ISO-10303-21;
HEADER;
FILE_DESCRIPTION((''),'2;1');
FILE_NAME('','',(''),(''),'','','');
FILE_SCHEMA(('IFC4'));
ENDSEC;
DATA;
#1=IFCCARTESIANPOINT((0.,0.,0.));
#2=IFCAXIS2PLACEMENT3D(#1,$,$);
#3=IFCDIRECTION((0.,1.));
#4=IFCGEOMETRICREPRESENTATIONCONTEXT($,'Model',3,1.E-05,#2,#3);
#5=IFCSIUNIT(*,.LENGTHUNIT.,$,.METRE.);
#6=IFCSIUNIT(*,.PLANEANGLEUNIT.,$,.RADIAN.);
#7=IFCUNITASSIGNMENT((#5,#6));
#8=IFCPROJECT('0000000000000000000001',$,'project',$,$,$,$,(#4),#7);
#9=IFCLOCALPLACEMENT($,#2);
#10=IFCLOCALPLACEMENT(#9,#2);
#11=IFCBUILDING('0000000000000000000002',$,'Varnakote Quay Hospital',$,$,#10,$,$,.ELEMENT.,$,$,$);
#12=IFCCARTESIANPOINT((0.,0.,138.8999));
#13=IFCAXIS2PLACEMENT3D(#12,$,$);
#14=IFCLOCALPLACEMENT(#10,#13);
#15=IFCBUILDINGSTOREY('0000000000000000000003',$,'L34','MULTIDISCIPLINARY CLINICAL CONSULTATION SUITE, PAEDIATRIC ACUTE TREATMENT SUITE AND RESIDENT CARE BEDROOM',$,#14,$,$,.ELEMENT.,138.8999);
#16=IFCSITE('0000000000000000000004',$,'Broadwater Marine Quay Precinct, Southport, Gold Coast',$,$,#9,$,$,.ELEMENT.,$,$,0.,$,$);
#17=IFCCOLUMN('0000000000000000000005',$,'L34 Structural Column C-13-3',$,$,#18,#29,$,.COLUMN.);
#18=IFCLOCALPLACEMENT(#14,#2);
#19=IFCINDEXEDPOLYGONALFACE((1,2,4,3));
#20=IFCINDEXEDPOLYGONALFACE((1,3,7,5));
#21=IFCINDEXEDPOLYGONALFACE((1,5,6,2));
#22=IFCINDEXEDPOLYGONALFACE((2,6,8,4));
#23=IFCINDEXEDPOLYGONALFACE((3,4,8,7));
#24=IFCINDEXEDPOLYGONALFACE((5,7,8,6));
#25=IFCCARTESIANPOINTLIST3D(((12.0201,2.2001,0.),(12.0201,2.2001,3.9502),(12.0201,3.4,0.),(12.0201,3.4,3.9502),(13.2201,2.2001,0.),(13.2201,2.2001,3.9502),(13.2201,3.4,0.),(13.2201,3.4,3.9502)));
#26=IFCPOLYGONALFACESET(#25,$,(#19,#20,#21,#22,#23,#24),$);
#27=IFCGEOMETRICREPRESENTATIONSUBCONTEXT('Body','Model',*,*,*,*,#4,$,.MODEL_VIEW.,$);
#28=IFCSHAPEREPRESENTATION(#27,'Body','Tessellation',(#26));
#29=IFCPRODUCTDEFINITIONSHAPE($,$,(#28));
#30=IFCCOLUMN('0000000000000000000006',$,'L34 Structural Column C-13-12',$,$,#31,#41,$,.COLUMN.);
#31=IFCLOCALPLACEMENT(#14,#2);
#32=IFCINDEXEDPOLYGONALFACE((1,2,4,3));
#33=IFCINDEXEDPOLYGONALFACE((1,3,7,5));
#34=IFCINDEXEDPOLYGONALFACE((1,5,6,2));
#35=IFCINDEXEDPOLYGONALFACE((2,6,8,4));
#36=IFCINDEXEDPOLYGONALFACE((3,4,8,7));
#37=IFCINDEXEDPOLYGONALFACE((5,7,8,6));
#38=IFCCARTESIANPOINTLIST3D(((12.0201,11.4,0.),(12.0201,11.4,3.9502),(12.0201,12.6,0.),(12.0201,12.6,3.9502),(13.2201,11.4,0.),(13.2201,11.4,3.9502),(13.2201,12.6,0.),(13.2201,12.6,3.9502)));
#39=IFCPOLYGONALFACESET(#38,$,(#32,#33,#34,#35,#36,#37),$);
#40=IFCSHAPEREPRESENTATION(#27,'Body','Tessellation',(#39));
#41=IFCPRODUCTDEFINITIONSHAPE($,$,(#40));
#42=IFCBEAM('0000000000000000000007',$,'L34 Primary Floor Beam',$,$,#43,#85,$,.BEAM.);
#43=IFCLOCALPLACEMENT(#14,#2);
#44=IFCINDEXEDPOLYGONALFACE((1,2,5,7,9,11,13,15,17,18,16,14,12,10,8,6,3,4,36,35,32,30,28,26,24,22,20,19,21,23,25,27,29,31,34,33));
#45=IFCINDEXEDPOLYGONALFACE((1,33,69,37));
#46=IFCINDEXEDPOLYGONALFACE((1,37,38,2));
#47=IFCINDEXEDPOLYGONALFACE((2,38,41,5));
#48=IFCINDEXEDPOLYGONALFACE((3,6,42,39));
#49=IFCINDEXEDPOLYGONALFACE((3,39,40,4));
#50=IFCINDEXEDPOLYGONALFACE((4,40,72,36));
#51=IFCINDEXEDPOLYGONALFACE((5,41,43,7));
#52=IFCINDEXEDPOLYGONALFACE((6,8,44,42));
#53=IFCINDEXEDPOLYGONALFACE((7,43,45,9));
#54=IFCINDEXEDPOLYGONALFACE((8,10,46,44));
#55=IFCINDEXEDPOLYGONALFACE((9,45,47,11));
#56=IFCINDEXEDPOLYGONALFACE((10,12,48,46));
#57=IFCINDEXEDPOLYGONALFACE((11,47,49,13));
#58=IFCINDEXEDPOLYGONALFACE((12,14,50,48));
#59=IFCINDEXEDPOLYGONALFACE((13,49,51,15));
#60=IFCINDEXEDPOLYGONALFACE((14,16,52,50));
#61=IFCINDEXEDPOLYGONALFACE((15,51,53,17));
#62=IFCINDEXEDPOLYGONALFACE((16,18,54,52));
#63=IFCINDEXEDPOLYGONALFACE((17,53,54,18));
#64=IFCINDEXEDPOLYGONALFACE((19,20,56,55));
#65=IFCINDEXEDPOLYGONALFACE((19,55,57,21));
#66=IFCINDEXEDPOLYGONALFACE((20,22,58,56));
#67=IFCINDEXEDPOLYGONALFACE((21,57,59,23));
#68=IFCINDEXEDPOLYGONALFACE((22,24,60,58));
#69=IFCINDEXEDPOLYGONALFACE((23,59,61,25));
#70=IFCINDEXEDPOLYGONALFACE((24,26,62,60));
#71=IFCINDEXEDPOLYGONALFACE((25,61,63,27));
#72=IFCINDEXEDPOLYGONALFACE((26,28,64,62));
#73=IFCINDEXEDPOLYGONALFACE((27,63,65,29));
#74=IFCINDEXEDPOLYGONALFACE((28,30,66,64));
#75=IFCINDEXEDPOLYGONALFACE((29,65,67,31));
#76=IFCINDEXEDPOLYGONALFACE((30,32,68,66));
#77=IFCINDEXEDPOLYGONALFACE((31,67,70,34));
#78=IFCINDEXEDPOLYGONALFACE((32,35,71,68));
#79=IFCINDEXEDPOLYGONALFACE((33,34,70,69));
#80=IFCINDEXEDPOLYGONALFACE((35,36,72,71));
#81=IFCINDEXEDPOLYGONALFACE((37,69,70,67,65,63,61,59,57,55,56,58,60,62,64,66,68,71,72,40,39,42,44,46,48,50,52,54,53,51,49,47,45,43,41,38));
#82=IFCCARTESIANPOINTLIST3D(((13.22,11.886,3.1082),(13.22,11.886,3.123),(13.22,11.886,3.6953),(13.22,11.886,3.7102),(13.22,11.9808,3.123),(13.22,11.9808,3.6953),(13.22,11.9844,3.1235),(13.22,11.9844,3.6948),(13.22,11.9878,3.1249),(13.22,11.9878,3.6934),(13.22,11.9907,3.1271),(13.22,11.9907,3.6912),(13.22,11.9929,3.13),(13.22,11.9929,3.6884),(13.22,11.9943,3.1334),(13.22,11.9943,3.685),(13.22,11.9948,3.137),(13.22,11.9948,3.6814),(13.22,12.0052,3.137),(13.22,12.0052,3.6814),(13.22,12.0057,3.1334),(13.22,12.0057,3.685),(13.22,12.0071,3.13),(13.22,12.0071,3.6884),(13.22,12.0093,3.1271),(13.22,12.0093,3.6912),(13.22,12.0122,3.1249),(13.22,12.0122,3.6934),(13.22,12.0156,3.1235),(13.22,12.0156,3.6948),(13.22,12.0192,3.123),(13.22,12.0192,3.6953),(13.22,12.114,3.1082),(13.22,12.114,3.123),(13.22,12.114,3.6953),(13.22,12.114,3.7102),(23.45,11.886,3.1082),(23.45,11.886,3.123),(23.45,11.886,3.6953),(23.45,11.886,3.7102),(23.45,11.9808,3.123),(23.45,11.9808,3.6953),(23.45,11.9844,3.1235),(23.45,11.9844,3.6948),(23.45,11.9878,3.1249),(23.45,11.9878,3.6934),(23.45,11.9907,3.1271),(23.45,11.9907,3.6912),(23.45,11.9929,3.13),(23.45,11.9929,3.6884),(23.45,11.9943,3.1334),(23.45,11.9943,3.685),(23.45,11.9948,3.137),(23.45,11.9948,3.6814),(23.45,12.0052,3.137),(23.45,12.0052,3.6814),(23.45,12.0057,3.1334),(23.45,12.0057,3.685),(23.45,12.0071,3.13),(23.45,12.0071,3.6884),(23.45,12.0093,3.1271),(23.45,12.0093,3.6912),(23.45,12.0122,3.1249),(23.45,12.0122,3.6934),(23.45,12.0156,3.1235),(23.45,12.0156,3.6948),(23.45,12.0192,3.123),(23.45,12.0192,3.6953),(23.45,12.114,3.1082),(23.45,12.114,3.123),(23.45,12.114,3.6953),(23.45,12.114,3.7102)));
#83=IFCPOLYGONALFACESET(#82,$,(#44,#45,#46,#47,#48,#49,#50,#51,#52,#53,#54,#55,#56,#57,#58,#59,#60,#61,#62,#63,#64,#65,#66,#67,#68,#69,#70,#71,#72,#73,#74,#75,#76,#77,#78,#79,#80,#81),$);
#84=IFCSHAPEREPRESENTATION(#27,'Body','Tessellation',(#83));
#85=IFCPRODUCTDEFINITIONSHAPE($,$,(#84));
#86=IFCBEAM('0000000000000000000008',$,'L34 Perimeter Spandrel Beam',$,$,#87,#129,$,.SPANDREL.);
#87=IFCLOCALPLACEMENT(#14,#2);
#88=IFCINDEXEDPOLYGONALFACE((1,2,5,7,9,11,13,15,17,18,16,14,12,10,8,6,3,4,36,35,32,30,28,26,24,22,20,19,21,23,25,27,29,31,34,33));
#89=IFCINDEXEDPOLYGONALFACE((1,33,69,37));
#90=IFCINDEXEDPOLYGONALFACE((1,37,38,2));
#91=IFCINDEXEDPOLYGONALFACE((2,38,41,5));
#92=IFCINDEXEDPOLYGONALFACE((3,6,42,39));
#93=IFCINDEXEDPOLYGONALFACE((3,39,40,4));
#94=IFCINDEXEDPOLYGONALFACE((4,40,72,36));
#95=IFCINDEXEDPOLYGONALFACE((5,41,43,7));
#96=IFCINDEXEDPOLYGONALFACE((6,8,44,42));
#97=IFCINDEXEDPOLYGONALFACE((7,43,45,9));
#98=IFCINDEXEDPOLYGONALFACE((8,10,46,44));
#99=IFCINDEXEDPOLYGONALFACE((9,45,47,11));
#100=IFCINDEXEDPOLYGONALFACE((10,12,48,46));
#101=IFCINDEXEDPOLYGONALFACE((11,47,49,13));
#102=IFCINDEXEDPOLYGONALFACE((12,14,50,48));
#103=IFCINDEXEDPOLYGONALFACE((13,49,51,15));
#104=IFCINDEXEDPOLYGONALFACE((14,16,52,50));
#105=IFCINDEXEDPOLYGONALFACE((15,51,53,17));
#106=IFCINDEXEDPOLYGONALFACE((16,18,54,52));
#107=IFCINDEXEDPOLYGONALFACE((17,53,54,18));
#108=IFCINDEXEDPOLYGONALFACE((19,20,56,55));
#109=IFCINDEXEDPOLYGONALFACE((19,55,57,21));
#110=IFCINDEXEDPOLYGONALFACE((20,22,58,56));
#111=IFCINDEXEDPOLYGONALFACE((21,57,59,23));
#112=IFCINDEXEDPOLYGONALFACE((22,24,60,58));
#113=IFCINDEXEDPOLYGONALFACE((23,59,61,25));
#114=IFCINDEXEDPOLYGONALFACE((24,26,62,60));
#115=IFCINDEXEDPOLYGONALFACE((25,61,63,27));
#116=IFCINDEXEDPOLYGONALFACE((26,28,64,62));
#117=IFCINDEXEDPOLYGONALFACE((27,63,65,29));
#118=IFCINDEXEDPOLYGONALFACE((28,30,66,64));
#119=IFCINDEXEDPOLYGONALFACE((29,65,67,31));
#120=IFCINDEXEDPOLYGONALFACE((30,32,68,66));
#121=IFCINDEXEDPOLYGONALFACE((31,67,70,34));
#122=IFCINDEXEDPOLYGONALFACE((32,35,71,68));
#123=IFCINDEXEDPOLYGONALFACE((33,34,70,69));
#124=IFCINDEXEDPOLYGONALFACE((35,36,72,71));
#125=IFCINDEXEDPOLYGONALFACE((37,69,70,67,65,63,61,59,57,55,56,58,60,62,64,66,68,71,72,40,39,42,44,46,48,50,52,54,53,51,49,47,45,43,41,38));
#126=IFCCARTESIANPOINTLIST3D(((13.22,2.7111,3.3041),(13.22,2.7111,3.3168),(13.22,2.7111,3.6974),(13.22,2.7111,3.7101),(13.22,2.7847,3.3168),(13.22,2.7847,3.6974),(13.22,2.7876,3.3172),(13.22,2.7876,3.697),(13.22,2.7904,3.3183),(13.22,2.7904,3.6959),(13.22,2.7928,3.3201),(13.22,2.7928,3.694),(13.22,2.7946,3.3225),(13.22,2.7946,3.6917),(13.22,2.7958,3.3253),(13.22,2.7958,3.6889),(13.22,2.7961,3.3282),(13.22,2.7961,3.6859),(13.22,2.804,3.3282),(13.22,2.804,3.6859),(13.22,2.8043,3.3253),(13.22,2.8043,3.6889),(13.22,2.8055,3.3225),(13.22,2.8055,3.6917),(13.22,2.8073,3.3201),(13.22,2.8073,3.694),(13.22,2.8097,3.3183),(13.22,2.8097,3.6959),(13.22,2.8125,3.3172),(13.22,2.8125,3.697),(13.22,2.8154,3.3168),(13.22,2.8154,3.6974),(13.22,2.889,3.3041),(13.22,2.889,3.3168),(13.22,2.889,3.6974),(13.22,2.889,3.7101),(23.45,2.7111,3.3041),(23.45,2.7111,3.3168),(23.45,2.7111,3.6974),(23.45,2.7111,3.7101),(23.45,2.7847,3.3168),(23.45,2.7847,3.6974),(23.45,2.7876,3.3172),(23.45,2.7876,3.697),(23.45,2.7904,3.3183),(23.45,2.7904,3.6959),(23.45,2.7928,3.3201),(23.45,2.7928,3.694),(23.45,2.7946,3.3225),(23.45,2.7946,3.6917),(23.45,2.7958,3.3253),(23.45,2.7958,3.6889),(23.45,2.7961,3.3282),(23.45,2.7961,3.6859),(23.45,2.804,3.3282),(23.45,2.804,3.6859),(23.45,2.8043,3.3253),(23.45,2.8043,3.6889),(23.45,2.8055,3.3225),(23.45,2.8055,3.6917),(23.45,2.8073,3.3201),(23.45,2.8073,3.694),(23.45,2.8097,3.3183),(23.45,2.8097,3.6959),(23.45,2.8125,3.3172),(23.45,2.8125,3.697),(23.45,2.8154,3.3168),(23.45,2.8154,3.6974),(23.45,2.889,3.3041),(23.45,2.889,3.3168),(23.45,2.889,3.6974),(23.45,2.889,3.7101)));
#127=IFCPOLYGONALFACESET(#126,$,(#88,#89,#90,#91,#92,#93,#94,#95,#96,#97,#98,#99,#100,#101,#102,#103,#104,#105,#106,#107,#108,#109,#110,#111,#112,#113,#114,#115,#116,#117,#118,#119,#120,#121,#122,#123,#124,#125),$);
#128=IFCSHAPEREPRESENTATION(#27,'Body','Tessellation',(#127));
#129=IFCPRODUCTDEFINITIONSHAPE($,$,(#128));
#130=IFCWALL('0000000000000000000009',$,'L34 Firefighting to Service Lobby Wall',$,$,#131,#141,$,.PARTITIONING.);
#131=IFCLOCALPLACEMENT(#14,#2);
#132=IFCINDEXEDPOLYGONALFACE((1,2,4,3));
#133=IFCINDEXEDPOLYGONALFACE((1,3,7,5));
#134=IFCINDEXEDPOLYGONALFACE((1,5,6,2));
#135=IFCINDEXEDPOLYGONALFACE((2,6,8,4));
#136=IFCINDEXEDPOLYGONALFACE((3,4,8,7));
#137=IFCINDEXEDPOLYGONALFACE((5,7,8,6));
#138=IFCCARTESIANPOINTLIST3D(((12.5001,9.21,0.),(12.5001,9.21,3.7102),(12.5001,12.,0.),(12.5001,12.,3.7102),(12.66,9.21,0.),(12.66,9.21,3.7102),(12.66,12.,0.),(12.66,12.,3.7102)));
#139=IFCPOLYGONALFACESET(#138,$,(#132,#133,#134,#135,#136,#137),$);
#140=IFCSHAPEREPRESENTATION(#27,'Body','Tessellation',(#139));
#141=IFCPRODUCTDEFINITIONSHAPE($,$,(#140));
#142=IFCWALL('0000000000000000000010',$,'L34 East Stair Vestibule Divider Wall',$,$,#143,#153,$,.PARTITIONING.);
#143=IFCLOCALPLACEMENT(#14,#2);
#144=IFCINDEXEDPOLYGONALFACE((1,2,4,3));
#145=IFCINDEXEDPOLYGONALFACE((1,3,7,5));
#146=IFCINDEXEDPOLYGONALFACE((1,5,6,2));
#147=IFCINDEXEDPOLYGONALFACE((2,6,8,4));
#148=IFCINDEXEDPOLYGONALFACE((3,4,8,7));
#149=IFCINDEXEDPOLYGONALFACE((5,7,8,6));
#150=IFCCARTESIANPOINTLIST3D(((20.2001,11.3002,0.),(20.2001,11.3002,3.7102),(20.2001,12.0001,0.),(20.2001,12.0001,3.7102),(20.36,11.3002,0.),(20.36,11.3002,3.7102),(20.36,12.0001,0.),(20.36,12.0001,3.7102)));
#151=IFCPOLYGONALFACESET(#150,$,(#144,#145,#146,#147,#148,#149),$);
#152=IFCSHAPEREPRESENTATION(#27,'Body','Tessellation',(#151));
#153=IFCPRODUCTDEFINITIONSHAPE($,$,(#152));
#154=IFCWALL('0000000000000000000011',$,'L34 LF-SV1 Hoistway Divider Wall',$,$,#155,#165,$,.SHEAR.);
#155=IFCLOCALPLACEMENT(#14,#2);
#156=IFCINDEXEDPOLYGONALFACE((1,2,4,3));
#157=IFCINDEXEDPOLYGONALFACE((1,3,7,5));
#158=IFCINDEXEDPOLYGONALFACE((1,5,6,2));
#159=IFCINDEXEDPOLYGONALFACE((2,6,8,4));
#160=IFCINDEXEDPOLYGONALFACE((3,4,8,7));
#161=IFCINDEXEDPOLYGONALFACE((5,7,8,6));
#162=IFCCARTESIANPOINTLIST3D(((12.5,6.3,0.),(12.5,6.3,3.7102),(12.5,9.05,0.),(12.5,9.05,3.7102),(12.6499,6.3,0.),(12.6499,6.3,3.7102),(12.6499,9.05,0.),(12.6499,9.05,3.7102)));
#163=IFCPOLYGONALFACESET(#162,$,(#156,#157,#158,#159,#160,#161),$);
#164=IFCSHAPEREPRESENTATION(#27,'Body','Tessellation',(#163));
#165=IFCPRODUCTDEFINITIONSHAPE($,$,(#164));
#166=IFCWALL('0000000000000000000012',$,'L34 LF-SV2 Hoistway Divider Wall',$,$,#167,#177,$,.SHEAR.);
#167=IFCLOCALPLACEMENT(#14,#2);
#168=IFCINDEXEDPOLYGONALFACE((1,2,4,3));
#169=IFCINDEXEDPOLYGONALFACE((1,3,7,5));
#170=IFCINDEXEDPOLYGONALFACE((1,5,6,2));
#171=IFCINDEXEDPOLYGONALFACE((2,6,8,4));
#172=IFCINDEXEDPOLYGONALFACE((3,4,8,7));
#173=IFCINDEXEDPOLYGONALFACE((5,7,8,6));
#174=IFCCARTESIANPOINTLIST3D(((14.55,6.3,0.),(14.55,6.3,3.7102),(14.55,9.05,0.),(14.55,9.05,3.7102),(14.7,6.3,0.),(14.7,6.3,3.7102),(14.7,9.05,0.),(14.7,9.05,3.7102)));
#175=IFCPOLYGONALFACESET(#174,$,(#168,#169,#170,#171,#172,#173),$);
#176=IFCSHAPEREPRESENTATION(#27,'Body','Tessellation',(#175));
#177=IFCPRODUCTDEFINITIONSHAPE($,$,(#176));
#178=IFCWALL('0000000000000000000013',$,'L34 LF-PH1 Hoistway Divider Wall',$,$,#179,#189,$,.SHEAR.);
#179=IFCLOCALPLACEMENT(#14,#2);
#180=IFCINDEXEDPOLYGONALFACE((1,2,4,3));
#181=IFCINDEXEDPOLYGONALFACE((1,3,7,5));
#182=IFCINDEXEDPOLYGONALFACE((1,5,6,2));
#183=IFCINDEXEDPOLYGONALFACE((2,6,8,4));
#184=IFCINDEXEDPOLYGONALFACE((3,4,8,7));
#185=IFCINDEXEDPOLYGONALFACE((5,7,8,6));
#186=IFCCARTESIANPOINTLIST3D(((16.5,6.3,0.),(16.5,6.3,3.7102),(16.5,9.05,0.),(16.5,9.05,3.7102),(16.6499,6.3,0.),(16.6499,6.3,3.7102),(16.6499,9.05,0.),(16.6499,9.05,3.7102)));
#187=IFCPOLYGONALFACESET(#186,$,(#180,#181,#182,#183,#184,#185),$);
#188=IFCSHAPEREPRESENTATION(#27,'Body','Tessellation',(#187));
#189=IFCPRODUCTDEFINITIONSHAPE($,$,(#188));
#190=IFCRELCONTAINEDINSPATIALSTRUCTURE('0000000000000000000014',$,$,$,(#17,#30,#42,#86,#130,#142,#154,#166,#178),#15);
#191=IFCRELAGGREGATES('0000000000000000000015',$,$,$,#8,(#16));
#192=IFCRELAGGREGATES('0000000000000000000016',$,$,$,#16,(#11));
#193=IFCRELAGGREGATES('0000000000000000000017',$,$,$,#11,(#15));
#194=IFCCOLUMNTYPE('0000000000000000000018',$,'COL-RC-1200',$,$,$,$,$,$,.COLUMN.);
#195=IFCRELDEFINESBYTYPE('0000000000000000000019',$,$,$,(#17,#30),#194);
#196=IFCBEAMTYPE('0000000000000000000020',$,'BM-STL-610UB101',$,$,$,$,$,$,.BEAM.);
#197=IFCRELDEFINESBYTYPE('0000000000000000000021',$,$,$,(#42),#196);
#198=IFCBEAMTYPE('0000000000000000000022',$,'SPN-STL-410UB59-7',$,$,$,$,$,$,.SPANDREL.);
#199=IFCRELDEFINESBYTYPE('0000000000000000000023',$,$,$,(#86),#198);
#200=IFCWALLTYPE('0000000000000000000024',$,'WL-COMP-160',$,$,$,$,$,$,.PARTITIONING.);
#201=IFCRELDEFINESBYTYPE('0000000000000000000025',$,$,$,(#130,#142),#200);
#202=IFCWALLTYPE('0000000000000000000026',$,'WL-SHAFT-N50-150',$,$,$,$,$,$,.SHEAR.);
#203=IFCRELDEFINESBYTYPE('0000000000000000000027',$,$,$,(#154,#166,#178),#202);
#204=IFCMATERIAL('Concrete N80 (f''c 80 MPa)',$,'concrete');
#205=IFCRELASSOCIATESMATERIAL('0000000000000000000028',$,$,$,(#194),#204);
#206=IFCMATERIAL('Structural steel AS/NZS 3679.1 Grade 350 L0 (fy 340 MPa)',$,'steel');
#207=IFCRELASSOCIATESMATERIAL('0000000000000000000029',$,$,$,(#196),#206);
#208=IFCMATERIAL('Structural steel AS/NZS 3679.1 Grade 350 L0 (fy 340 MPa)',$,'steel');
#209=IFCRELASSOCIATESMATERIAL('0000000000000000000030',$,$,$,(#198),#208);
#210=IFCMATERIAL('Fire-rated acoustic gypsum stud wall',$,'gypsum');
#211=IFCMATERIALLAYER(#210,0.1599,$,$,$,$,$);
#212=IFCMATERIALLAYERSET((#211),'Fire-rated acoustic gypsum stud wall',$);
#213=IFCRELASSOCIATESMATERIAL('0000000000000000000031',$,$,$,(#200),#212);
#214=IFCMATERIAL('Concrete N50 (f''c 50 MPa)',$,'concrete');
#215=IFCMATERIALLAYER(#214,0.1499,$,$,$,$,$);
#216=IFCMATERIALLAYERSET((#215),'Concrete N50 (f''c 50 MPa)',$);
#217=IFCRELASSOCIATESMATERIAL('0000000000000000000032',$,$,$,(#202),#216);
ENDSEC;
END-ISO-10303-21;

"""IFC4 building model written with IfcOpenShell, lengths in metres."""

from ifc_helpers import new_model, si_unit, direction, frame, frame_2d, origin, origin_2d, place, context, subcontext, project, spatial, rectangle, i_section, extrude, material, layer, layer_set, material_profile, profile_set, type_object, element, save


model = new_model("IFC4")

# Units and contexts
model_context = context("Model", 3, precision=1e-05, world=origin(), true_north=direction((0.0, 1.0)))
body_context = subcontext(model_context, "Body", "Model", "MODEL_VIEW")
ifc_project = project(units=[si_unit("LENGTHUNIT", "METRE"), si_unit("PLANEANGLEUNIT", "RADIAN")], contexts=[model_context])

# Site, building, storey
site_placement = place(None, origin())
site = spatial("IfcSite", under=ifc_project, at=site_placement, Name="Broadwater Marine Quay Precinct, Southport, Gold Coast", CompositionType="ELEMENT", RefElevation=0.0)
building_placement = place(site_placement, origin())
building = spatial("IfcBuilding", under=site, at=building_placement, Name="Varnakote Quay Hospital", CompositionType="ELEMENT")
storey_placement = place(building_placement, frame((0.0, 0.0, 138.8999)))
storey = spatial("IfcBuildingStorey", under=building, at=storey_placement, Name="L34", Description="MULTIDISCIPLINARY CLINICAL CONSULTATION SUITE, PAEDIATRIC ACUTE TREATMENT SUITE AND RESIDENT CARE BEDROOM", CompositionType="ELEMENT", Elevation=138.8999)

# Columns
ifc_material_1 = material(Name="Concrete N80 (f'c 80 MPa)", Category="concrete")
ifc_material_profile_1 = material_profile(ifc_material_1, rectangle(XDim=1.2, YDim=1.2, at=origin_2d()), Name="RC-COL-1200x1200")
ifc_profile_set_1 = profile_set([ifc_material_profile_1], Name="Concrete N80 (f'c 80 MPa)")
column_type = type_object("IfcColumnType", Name="COL-RC-1200", PredefinedType="COLUMN", material=ifc_profile_set_1)
for number, where, z_axis, x_axis, name in (
    (1, (12.6201, 2.8, 0.0), (0.0, 0.0, 1.0), (1.0, 0.0, 0.0), "L34 Structural Column C-13-3"),
    (2, (12.6201, 12.0, 0.0), (0.0, 0.0, 1.0), (1.0, 0.0, 0.0), "L34 Structural Column C-13-12"),
):
    element("IfcColumn", number, at=place(storey_placement, frame(where, z_axis=z_axis, x_axis=x_axis)), inside=storey, type_object=column_type, Name=name, PredefinedType="COLUMN", context=body_context, shape_type="SweptSolid", body=[
        extrude(rectangle(XDim=1.2, YDim=1.2, at=origin_2d()), origin(), (0.0, 0.0, 1.0), 3.9502),
    ])

# Beams
ifc_material_2 = material(Name="Structural steel AS/NZS 3679.1 Grade 350 L0 (fy 340 MPa)", Category="steel")
ifc_material_profile_2 = material_profile(ifc_material_2, i_section(OverallWidth=0.228, OverallDepth=0.6021, WebThickness=0.0105, FlangeThickness=0.0149, FilletRadius=0.0139, at=origin_2d()), Name="610UB101")
ifc_profile_set_2 = profile_set([ifc_material_profile_2], Name="Structural steel AS/NZS 3679.1 Grade 350 L0 (fy 340 MPa)")
beam_type_1 = type_object("IfcBeamType", Name="BM-STL-610UB101", PredefinedType="BEAM", material=ifc_profile_set_2)
beam_1_placement = place(storey_placement, frame((13.22, 12.0, 3.4092), z_axis=(1.0, 0.0, 0.0), x_axis=(0.0, 1.0, 0.0)))
element("IfcBeam", 3, at=beam_1_placement, inside=storey, type_object=beam_type_1, Name="L34 Primary Floor Beam", PredefinedType="BEAM", context=body_context, shape_type="SweptSolid", body=[
    extrude(i_section(OverallWidth=0.228, OverallDepth=0.6021, WebThickness=0.0105, FlangeThickness=0.0149, FilletRadius=0.0139, at=origin_2d()), origin(), (0.0, 0.0, 1.0), 10.23),
])
ifc_material_3 = material(Name="Structural steel AS/NZS 3679.1 Grade 350 L0 (fy 340 MPa)", Category="steel")
ifc_material_profile_3 = material_profile(ifc_material_3, i_section(OverallWidth=0.178, OverallDepth=0.406, WebThickness=0.0078, FlangeThickness=0.0127, FilletRadius=0.0115, at=origin_2d()), Name="410UB59.7")
ifc_profile_set_3 = profile_set([ifc_material_profile_3], Name="Structural steel AS/NZS 3679.1 Grade 350 L0 (fy 340 MPa)")
beam_type_2 = type_object("IfcBeamType", Name="SPN-STL-410UB59-7", PredefinedType="SPANDREL", material=ifc_profile_set_3)
beam_2_placement = place(storey_placement, frame((13.22, 2.8, 3.5071), z_axis=(1.0, 0.0, 0.0), x_axis=(0.0, 1.0, 0.0)))
element("IfcBeam", 4, at=beam_2_placement, inside=storey, type_object=beam_type_2, Name="L34 Perimeter Spandrel Beam", PredefinedType="SPANDREL", context=body_context, shape_type="SweptSolid", body=[
    extrude(i_section(OverallWidth=0.178, OverallDepth=0.406, WebThickness=0.0078, FlangeThickness=0.0127, FilletRadius=0.0115, at=origin_2d()), origin(), (0.0, 0.0, 1.0), 10.23),
])

# Walls
ifc_material_4 = material(Name="Fire-rated acoustic gypsum stud wall", Category="gypsum")
ifc_layer_1 = layer(ifc_material_4, 0.1599)
ifc_layer_set_1 = layer_set([ifc_layer_1], Name="Fire-rated acoustic gypsum stud wall")
wall_type_1 = type_object("IfcWallType", Name="WL-COMP-160", PredefinedType="PARTITIONING", material=ifc_layer_set_1)
wall_1_placement = place(storey_placement, frame((12.5801, 9.21, 0.0), z_axis=(0.0, 0.0, 1.0), x_axis=(0.0, 1.0, 0.0)))
element("IfcWall", 5, at=wall_1_placement, inside=storey, type_object=wall_type_1, Name="L34 Firefighting to Service Lobby Wall", PredefinedType="PARTITIONING", context=body_context, shape_type="SweptSolid", body=[
    extrude(rectangle(XDim=2.79, YDim=0.1599, at=frame_2d((1.395, 0.0))), origin(), (0.0, 0.0, 1.0), 3.7102),
])
wall_2_placement = place(storey_placement, frame((20.28, 11.3, 0.0), z_axis=(0.0, 0.0, 1.0), x_axis=(0.0, 1.0, 0.0)))
element("IfcWall", 6, at=wall_2_placement, inside=storey, type_object=wall_type_1, Name="L34 East Stair Vestibule Divider Wall", PredefinedType="PARTITIONING", context=body_context, shape_type="SweptSolid", body=[
    extrude(rectangle(XDim=0.7, YDim=0.1599, at=frame_2d((0.3501, 0.0))), origin(), (0.0, 0.0, 1.0), 3.7102),
])
ifc_material_5 = material(Name="Concrete N50 (f'c 50 MPa)", Category="concrete")
ifc_layer_2 = layer(ifc_material_5, 0.1499)
ifc_layer_set_2 = layer_set([ifc_layer_2], Name="Concrete N50 (f'c 50 MPa)")
wall_type_2 = type_object("IfcWallType", Name="WL-SHAFT-N50-150", PredefinedType="SHEAR", material=ifc_layer_set_2)
for number, where, z_axis, x_axis, name in (
    (7, (12.575, 6.3, 0.0), (0.0, 0.0, 1.0), (0.0, 1.0, 0.0), "L34 LF-SV1 Hoistway Divider Wall"),
    (8, (14.625, 6.3, 0.0), (0.0, 0.0, 1.0), (0.0, 1.0, 0.0), "L34 LF-SV2 Hoistway Divider Wall"),
    (9, (16.575, 6.3, 0.0), (0.0, 0.0, 1.0), (0.0, 1.0, 0.0), "L34 LF-PH1 Hoistway Divider Wall"),
):
    element("IfcWall", number, at=place(storey_placement, frame(where, z_axis=z_axis, x_axis=x_axis)), inside=storey, type_object=wall_type_2, Name=name, PredefinedType="SHEAR", context=body_context, shape_type="SweptSolid", body=[
        extrude(rectangle(XDim=2.75, YDim=0.1499, at=frame_2d((1.375, 0.0))), origin(), (0.0, 0.0, 1.0), 3.7102),
    ])

save(model, "model.ifc")
